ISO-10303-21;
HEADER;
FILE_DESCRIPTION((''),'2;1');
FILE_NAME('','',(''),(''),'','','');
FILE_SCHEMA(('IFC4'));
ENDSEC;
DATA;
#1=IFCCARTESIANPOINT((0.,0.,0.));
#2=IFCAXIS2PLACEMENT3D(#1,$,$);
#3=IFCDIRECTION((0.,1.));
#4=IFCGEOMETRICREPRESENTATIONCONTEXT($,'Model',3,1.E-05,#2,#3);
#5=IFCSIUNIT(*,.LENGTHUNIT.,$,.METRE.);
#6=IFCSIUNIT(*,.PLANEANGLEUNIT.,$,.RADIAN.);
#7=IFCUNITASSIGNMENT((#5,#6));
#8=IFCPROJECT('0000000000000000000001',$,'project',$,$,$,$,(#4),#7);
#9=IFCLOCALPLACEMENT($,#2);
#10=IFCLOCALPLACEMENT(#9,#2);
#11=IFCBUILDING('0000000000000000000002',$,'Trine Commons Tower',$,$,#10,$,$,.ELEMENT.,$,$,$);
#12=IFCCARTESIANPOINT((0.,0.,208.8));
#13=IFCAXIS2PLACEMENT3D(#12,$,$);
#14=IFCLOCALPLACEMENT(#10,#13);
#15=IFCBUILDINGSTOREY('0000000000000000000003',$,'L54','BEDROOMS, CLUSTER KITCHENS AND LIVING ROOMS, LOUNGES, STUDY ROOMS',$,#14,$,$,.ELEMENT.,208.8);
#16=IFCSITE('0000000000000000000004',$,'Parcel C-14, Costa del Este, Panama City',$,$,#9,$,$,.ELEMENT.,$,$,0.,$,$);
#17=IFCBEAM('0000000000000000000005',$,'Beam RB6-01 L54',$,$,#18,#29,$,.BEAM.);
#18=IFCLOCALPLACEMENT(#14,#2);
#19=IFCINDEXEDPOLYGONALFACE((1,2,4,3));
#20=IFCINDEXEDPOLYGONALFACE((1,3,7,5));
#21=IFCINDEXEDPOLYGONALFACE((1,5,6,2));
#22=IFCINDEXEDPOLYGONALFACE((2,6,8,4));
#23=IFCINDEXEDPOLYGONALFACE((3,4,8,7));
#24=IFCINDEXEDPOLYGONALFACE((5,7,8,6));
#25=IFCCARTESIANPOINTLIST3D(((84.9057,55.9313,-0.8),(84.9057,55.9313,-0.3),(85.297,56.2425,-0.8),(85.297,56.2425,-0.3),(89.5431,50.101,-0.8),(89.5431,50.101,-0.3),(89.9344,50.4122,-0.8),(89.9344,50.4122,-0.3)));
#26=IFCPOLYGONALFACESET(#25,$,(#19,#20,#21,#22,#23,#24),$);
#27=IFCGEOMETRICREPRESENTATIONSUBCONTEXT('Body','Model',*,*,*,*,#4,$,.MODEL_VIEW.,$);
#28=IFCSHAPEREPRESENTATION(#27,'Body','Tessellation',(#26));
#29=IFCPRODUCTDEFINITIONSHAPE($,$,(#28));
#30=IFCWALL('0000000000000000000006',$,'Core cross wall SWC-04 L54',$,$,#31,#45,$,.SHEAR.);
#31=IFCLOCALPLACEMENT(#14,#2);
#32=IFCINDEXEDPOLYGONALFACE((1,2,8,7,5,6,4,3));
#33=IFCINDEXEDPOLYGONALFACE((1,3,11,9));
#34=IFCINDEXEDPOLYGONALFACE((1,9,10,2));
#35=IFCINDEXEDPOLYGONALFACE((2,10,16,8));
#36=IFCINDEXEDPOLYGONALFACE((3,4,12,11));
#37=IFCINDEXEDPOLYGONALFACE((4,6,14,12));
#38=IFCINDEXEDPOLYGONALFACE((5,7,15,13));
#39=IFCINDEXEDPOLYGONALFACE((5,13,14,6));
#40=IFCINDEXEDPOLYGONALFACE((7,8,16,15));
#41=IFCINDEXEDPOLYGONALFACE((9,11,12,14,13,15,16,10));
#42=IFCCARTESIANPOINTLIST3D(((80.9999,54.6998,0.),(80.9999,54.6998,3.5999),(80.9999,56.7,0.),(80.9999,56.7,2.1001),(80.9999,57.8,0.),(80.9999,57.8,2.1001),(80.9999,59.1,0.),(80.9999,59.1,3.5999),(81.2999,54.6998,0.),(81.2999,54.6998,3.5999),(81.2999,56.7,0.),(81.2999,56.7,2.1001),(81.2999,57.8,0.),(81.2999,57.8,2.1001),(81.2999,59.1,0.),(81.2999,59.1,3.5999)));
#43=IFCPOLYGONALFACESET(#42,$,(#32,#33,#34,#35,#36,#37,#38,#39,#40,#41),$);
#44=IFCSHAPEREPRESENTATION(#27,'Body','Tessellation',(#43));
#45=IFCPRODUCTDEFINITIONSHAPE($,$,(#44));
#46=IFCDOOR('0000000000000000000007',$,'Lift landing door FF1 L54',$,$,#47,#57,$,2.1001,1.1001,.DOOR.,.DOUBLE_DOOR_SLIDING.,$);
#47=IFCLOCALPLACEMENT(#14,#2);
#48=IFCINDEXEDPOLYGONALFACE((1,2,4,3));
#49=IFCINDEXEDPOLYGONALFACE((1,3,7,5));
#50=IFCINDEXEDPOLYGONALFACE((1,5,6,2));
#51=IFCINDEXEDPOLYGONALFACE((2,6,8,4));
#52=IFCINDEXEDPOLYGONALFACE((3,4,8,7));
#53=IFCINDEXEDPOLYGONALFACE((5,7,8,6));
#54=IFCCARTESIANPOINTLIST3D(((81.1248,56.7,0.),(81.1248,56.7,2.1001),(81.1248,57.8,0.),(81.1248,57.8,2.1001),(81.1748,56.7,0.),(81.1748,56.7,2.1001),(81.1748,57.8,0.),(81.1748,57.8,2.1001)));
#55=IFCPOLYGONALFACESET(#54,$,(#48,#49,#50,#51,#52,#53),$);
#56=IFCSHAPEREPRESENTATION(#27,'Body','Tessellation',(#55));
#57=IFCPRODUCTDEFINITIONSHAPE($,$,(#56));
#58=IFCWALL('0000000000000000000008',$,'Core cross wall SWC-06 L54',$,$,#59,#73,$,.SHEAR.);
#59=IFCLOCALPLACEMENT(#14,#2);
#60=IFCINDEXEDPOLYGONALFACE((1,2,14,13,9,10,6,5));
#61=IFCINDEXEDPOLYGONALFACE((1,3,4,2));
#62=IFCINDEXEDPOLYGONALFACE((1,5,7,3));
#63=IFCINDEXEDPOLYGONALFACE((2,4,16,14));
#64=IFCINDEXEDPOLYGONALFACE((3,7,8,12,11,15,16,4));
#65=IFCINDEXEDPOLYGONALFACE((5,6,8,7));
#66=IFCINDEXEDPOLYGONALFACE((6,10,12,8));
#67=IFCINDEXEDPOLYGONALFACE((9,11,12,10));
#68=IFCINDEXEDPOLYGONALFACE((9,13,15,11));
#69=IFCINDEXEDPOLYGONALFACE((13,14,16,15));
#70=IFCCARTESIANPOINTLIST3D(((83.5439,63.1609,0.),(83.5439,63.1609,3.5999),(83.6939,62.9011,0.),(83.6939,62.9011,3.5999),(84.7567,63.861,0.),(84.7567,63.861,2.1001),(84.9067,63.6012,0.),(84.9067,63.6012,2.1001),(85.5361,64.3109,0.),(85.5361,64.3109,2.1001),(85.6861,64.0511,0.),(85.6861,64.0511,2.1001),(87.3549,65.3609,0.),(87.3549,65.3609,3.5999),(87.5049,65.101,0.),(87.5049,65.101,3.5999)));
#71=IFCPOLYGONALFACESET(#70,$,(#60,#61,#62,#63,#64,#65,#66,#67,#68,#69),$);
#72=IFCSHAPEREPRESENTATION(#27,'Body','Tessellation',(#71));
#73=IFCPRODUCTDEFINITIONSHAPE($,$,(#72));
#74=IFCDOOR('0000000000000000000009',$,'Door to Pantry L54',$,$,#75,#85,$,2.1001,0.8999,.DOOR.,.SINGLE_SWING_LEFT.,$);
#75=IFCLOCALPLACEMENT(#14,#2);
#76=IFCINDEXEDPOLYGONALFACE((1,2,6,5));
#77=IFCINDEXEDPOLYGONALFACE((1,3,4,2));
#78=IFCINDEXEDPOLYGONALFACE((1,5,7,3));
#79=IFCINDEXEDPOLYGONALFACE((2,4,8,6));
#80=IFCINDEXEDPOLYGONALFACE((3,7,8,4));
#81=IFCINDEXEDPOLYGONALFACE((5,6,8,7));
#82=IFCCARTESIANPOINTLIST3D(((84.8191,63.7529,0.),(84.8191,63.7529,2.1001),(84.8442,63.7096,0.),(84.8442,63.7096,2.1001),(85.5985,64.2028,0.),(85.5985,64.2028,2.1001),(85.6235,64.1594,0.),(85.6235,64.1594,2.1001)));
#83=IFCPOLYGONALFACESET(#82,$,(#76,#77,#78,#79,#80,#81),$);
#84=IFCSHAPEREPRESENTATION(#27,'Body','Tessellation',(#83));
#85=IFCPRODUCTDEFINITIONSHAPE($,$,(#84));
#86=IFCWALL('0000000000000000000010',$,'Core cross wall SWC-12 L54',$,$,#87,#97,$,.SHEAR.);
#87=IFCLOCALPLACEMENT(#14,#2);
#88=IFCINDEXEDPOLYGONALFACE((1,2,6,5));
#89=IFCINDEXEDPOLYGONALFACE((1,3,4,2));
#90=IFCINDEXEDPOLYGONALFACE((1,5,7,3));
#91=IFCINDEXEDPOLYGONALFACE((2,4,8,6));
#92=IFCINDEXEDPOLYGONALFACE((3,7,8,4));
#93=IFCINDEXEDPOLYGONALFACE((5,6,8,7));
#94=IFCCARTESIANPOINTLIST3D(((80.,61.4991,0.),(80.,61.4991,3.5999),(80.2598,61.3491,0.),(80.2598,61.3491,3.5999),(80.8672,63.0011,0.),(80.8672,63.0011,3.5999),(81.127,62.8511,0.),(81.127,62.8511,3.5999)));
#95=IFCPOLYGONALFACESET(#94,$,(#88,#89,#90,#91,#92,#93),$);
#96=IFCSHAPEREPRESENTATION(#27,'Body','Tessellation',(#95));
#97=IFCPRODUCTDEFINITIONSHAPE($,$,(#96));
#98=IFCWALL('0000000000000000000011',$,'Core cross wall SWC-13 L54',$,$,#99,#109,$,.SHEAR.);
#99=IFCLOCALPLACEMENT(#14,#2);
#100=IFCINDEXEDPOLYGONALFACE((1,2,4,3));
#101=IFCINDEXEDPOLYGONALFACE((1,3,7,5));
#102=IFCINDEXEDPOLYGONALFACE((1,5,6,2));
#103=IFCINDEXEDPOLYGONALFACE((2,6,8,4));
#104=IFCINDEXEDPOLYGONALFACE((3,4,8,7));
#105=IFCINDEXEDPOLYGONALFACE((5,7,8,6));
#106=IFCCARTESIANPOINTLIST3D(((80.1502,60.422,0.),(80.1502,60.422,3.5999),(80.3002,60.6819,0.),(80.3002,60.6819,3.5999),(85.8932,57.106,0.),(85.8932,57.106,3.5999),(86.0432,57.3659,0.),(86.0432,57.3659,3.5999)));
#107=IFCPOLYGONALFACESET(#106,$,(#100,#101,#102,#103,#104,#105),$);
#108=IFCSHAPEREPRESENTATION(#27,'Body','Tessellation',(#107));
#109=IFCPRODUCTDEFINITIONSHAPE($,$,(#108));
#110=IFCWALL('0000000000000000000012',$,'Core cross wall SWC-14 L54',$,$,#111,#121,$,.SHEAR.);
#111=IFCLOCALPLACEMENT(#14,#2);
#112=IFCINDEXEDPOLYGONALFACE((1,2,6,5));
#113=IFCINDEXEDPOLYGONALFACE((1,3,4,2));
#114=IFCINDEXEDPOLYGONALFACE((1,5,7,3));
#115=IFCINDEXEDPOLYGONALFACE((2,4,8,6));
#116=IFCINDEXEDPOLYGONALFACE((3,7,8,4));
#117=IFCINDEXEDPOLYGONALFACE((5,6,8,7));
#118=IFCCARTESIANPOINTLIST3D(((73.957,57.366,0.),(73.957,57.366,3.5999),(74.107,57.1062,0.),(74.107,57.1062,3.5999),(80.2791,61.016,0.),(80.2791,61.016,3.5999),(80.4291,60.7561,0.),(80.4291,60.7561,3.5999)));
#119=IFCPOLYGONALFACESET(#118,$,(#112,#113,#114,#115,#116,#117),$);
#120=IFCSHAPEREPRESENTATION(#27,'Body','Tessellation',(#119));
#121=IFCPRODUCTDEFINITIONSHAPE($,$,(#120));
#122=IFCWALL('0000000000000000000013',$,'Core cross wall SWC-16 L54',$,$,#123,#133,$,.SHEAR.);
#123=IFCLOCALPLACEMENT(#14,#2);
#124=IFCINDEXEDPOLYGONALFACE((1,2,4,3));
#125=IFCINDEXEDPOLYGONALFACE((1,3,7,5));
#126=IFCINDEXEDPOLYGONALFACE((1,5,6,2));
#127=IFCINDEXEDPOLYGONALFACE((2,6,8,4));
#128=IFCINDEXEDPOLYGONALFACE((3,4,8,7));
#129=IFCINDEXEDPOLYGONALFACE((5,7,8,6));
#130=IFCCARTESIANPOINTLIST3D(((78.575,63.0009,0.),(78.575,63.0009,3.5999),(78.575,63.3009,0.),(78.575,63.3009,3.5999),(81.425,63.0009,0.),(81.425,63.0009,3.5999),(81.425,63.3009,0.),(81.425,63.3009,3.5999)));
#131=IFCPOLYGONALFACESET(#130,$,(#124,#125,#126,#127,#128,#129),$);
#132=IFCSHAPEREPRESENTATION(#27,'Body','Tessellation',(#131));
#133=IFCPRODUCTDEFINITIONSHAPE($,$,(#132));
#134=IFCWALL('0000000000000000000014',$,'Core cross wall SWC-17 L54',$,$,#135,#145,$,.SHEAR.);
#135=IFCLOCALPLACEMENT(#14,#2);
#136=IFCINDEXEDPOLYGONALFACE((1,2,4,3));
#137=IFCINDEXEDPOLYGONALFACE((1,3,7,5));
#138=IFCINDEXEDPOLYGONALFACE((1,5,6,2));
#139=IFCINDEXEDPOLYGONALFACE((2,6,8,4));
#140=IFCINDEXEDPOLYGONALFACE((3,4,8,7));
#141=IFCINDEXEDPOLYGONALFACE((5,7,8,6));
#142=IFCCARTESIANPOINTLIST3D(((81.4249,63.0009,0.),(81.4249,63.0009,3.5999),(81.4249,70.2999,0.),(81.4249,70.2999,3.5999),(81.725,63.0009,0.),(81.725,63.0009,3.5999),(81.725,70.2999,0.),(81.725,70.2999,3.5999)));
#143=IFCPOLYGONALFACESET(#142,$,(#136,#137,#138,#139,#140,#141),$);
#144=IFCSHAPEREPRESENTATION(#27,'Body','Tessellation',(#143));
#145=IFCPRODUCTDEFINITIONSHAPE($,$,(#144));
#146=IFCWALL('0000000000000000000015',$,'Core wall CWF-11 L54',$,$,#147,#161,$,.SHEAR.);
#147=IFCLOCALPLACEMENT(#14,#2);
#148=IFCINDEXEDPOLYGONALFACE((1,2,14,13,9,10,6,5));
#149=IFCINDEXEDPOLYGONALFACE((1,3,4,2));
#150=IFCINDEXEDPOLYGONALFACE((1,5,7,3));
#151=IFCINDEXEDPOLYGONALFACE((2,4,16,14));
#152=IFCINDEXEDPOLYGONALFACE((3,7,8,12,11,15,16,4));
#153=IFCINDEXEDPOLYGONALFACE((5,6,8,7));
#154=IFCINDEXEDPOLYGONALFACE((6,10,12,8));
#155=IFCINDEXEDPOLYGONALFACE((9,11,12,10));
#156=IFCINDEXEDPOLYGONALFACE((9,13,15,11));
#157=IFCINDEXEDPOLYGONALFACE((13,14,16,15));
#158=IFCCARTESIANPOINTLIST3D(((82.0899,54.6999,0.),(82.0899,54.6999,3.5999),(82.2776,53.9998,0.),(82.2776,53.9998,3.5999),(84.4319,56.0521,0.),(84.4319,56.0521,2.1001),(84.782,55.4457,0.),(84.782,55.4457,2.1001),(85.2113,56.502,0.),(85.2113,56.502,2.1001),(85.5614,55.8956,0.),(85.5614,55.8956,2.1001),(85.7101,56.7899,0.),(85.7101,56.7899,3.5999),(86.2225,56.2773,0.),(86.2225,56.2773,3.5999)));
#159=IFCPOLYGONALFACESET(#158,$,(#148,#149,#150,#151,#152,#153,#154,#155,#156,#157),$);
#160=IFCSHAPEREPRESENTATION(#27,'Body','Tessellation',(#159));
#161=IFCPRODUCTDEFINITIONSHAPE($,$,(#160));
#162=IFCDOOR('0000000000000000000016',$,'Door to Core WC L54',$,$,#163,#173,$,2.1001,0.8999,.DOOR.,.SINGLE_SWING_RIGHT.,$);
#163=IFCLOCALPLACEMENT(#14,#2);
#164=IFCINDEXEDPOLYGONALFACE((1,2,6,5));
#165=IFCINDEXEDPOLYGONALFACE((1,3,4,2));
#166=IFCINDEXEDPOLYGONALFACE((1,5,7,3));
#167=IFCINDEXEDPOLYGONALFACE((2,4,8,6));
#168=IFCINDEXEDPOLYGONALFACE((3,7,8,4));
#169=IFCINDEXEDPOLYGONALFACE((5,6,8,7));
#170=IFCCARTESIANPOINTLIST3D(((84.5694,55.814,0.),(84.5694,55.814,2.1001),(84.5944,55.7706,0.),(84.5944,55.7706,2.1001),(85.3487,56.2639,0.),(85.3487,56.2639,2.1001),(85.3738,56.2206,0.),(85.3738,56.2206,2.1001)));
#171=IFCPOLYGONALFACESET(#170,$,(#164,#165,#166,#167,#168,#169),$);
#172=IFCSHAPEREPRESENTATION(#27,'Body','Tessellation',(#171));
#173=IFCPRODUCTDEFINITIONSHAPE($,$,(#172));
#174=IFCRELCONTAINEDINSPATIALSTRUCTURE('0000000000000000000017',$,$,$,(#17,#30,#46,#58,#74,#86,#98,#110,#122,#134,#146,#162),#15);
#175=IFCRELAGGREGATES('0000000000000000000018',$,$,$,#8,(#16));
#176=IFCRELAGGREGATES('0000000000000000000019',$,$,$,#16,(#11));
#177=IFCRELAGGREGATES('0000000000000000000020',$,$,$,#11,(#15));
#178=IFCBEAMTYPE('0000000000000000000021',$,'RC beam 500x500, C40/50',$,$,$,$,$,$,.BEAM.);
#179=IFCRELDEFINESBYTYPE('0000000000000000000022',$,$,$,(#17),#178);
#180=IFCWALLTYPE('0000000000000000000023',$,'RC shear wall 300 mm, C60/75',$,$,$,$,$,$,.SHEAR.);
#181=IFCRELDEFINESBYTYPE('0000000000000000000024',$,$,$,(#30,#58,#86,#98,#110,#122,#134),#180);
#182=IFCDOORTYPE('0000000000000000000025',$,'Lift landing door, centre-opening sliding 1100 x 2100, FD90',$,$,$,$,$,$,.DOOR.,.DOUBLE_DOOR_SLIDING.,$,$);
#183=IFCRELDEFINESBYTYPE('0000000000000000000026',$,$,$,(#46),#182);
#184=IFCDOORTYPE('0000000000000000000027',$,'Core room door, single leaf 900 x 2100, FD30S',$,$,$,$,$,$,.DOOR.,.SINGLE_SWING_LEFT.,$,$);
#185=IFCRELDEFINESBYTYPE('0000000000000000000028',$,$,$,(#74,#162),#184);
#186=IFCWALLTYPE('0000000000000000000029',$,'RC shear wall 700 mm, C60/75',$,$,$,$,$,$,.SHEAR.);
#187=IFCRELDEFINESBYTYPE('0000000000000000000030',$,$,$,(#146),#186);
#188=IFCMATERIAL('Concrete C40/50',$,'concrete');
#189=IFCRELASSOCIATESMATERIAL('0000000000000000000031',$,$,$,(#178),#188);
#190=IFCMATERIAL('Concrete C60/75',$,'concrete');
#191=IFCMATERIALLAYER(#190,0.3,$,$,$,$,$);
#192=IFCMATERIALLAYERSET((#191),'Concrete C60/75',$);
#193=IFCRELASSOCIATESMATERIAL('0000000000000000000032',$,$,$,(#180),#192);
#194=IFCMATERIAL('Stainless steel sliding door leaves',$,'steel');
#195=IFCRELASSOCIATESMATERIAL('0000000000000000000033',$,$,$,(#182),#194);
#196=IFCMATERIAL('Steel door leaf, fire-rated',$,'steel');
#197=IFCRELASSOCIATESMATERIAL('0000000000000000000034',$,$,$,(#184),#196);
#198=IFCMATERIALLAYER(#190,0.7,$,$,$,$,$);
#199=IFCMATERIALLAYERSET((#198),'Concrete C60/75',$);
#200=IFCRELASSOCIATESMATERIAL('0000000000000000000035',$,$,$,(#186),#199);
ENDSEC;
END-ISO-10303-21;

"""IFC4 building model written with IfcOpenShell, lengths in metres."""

from ifc_helpers import new_model, si_unit, direction, frame, frame_2d, origin, origin_2d, place, context, subcontext, project, spatial, polyline, rectangle, outline, extrude, material, layer, layer_set, material_profile, profile_set, type_object, element, fill, save


model = new_model("IFC4")

# Units and contexts
model_context = context("Model", 3, precision=1e-05, world=origin(), true_north=direction((0.0, 1.0)))
body_context = subcontext(model_context, "Body", "Model", "MODEL_VIEW")
ifc_project = project(units=[si_unit("LENGTHUNIT", "METRE"), si_unit("PLANEANGLEUNIT", "RADIAN")], contexts=[model_context])

# Site, building, storey
site_placement = place(None, origin())
site = spatial("IfcSite", under=ifc_project, at=site_placement, Name="Parcel C-14, Costa del Este, Panama City", CompositionType="ELEMENT", RefElevation=0.0)
building_placement = place(site_placement, origin())
building = spatial("IfcBuilding", under=site, at=building_placement, Name="Trine Commons Tower", CompositionType="ELEMENT")
storey_placement = place(building_placement, frame((0.0, 0.0, 208.8)))
storey = spatial("IfcBuildingStorey", under=building, at=storey_placement, Name="L54", Description="BEDROOMS, CLUSTER KITCHENS AND LIVING ROOMS, LOUNGES, STUDY ROOMS", CompositionType="ELEMENT", Elevation=208.8)

# Beam
ifc_material_1 = material(Name="Concrete C40/50", Category="concrete")
ifc_material_profile = material_profile(ifc_material_1, rectangle(XDim=0.5, YDim=0.5, at=origin_2d()), Name="RC 500x500")
ifc_profile_set = profile_set([ifc_material_profile], Name="Concrete C40/50")
beam_type = type_object("IfcBeamType", Name="RC beam 500x500, C40/50", PredefinedType="BEAM", material=ifc_profile_set)
beam_placement = place(storey_placement, frame((85.1013, 56.0869, -0.55), z_axis=(0.622498, -0.782621, 0.0), x_axis=(0.782621, 0.622498, 0.0)))
element("IfcBeam", 1, at=beam_placement, inside=storey, type_object=beam_type, Name="Beam RB6-01 L54", PredefinedType="BEAM", context=body_context, shape_type="SweptSolid", body=[
    extrude(rectangle(XDim=0.5, YDim=0.5, at=origin_2d()), origin(), (0.0, 0.0, 1.0), 7.4497),
])

# Walls, openings, doors
ifc_material_2 = material(Name="Concrete C60/75", Category="concrete")
ifc_layer_1 = layer(ifc_material_2, 0.3)
ifc_layer_set_1 = layer_set([ifc_layer_1], Name="Concrete C60/75")
wall_type_1 = type_object("IfcWallType", Name="RC shear wall 300 mm, C60/75", PredefinedType="SHEAR", material=ifc_layer_set_1)
wall_1_placement = place(storey_placement, frame((81.1499, 59.1001, 0.0), z_axis=(0.0, 0.0, 1.0), x_axis=(0.0, -1.0, 0.0)))
wall_1 = element("IfcWall", 2, at=wall_1_placement, inside=storey, type_object=wall_type_1, Name="Core cross wall SWC-04 L54", PredefinedType="SHEAR", context=body_context, shape_type="SweptSolid", body=[
    extrude(rectangle(XDim=4.4001, YDim=0.3, at=frame_2d((2.2002, 0.0))), origin(), (0.0, 0.0, 1.0), 3.5999),
])
opening_1_placement = place(wall_1_placement, frame((1.3, 0.0, 0.0)))
opening_1 = element("IfcOpeningElement", 3, at=opening_1_placement, cuts=wall_1, PredefinedType="OPENING", context=body_context, shape_type="SweptSolid", body=[
    extrude(rectangle(XDim=1.1001, YDim=2.1001, at=frame_2d((0.55, 1.05))), frame((0.0, 0.1599, 0.0), z_axis=(0.0, -1.0, 0.0), x_axis=(1.0, 0.0, 0.0)), (0.0, 0.0, 1.0), 0.3201),
])
ifc_material_3 = material(Name="Stainless steel sliding door leaves", Category="steel")
door_type_1 = type_object("IfcDoorType", Name="Lift landing door, centre-opening sliding 1100 x 2100, FD90", OperationType="DOUBLE_DOOR_SLIDING", PredefinedType="DOOR", material=ifc_material_3)
door_1_placement = place(opening_1_placement, origin())
door_1 = element("IfcDoor", 4, at=door_1_placement, inside=storey, type_object=door_type_1, Name="Lift landing door FF1 L54", OperationType="DOUBLE_DOOR_SLIDING", OverallHeight=2.1001, OverallWidth=1.1001, PredefinedType="DOOR", context=body_context, shape_type="SweptSolid", body=[
    extrude(rectangle(XDim=1.1001, YDim=2.1001, at=frame_2d((0.55, 1.05))), frame((0.0, 0.0249, 0.0), z_axis=(0.0, -1.0, 0.0), x_axis=(1.0, 0.0, 0.0)), (0.0, 0.0, 1.0), 0.05),
])
fill(opening_1, door_1)
wall_2_placement = place(storey_placement, frame((83.6189, 63.031, 0.0), z_axis=(0.0, 0.0, 1.0), x_axis=(0.86606, 0.49994, 0.0)))
wall_2 = element("IfcWall", 5, at=wall_2_placement, inside=storey, type_object=wall_type_1, Name="Core cross wall SWC-06 L54", PredefinedType="SHEAR", context=body_context, shape_type="SweptSolid", body=[
    extrude(rectangle(XDim=4.4004, YDim=0.3, at=frame_2d((2.2002, 0.0))), origin(), (0.0, 0.0, 1.0), 3.5999),
])
opening_2_placement = place(wall_2_placement, frame((1.4004, 0.0, 0.0)))
opening_2 = element("IfcOpeningElement", 6, at=opening_2_placement, cuts=wall_2, PredefinedType="OPENING", context=body_context, shape_type="SweptSolid", body=[
    extrude(rectangle(XDim=0.8999, YDim=2.1001, at=frame_2d((0.45, 1.05))), frame((0.0, 0.1599, 0.0), z_axis=(0.0, -1.0, 0.0), x_axis=(1.0, 0.0, 0.0)), (0.0, 0.0, 1.0), 0.3201),
])
ifc_material_4 = material(Name="Steel door leaf, fire-rated", Category="steel")
door_type_2 = type_object("IfcDoorType", Name="Core room door, single leaf 900 x 2100, FD30S", OperationType="SINGLE_SWING_LEFT", PredefinedType="DOOR", material=ifc_material_4)
door_2_placement = place(opening_2_placement, frame((0.8999, 0.0, 0.0), z_axis=(0.0, 0.0, 1.0), x_axis=(-1.0, 0.0, 0.0)))
door_2 = element("IfcDoor", 7, at=door_2_placement, inside=storey, type_object=door_type_2, Name="Door to Pantry L54", OperationType="SINGLE_SWING_LEFT", OverallHeight=2.1001, OverallWidth=0.8999, PredefinedType="DOOR", context=body_context, shape_type="SweptSolid", body=[
    extrude(rectangle(XDim=0.8999, YDim=2.1001, at=frame_2d((0.45, 1.05))), frame((0.0, 0.0249, 0.0), z_axis=(0.0, -1.0, 0.0), x_axis=(1.0, 0.0, 0.0)), (0.0, 0.0, 1.0), 0.05),
])
fill(opening_2, door_2)

# Walls
wall_3_placement = place(storey_placement, frame((80.1299, 61.4241, 0.0), z_axis=(0.0, 0.0, 1.0), x_axis=(0.500015, 0.866017, 0.0)))
element("IfcWall", 8, at=wall_3_placement, inside=storey, type_object=wall_type_1, Name="Core cross wall SWC-12 L54", PredefinedType="SHEAR", context=body_context, shape_type="SweptSolid", body=[
    extrude(rectangle(XDim=1.7344, YDim=0.3, at=frame_2d((0.8672, 0.0))), origin(), (0.0, 0.0, 1.0), 3.5999),
])
wall_4_placement = place(storey_placement, frame((80.2251, 60.552, 0.0), z_axis=(0.0, 0.0, 1.0), x_axis=(0.86601, -0.500027, 0.0)))
element("IfcWall", 9, at=wall_4_placement, inside=storey, type_object=wall_type_1, Name="Core cross wall SWC-13 L54", PredefinedType="SHEAR", context=body_context, shape_type="SweptSolid", body=[
    extrude(rectangle(XDim=6.6316, YDim=0.3, at=frame_2d((3.3159, 0.0))), origin(), (0.0, 0.0, 1.0), 3.5999),
])
wall_5_placement = place(storey_placement, frame((80.354, 60.886, 0.0), z_axis=(0.0, 0.0, 1.0), x_axis=(-0.866032, -0.499988, 0.0)))
element("IfcWall", 10, at=wall_5_placement, inside=storey, type_object=wall_type_1, Name="Core cross wall SWC-14 L54", PredefinedType="SHEAR", context=body_context, shape_type="SweptSolid", body=[
    extrude(rectangle(XDim=7.3, YDim=0.3, at=frame_2d((3.6499, 0.0))), origin(), (0.0, 0.0, 1.0), 3.5999),
])
wall_6_placement = place(storey_placement, frame((81.425, 63.1509, 0.0), z_axis=(0.0, 0.0, 1.0), x_axis=(-1.0, 0.0, 0.0)))
element("IfcWall", 11, at=wall_6_placement, inside=storey, type_object=wall_type_1, Name="Core cross wall SWC-16 L54", PredefinedType="SHEAR", context=body_context, shape_type="SweptSolid", body=[
    extrude(rectangle(XDim=2.8501, YDim=0.3, at=frame_2d((1.425, 0.0))), origin(), (0.0, 0.0, 1.0), 3.5999),
])
wall_7_placement = place(storey_placement, frame((81.575, 63.001, 0.0), z_axis=(0.0, 0.0, 1.0), x_axis=(0.0, 1.0, 0.0)))
element("IfcWall", 12, at=wall_7_placement, inside=storey, type_object=wall_type_1, Name="Core cross wall SWC-17 L54", PredefinedType="SHEAR", context=body_context, shape_type="SweptSolid", body=[
    extrude(rectangle(XDim=7.2991, YDim=0.3, at=frame_2d((3.6494, 0.0))), origin(), (0.0, 0.0, 1.0), 3.5999),
])

# Wall, opening, door
ifc_layer_2 = layer(ifc_material_2, 0.7)
ifc_layer_set_2 = layer_set([ifc_layer_2], Name="Concrete C60/75")
wall_type_2 = type_object("IfcWallType", Name="RC shear wall 700 mm, C60/75", PredefinedType="SHEAR", material=ifc_layer_set_2)
wall_8_placement = place(storey_placement, frame((82.1025, 54.303, 0.0), z_axis=(0.0, 0.0, 1.0), x_axis=(0.866035, 0.499984, 0.0)))
wall_8 = element("IfcWall", 13, at=wall_8_placement, inside=storey, type_object=wall_type_2, Name="Core wall CWF-11 L54", PredefinedType="SHEAR", context=body_context, shape_type="SweptSolid", body=[
    extrude(outline(polyline([(0.0, -0.3501), (4.5552, -0.3501), (4.3677, 0.3501), (0.1875, 0.3501), (0.0, -0.3501)])), origin(), (0.0, 0.0, 1.0), 3.5999),
])
opening_3_placement = place(wall_8_placement, frame((2.8918, 0.0, 0.0)))
opening_3 = element("IfcOpeningElement", 14, at=opening_3_placement, cuts=wall_8, PredefinedType="OPENING", context=body_context, shape_type="SweptSolid", body=[
    extrude(rectangle(XDim=0.8999, YDim=2.1001, at=frame_2d((0.45, 1.05))), frame((0.0, 0.3599, 0.0), z_axis=(0.0, -1.0, 0.0), x_axis=(1.0, 0.0, 0.0)), (0.0, 0.0, 1.0), 0.72),
])
door_3_placement = place(opening_3_placement, origin())
door_3 = element("IfcDoor", 15, at=door_3_placement, inside=storey, type_object=door_type_2, Name="Door to Core WC L54", OperationType="SINGLE_SWING_RIGHT", OverallHeight=2.1001, OverallWidth=0.8999, PredefinedType="DOOR", context=body_context, shape_type="SweptSolid", body=[
    extrude(rectangle(XDim=0.8999, YDim=2.1001, at=frame_2d((0.45, 1.05))), frame((0.0, 0.0752, 0.0), z_axis=(0.0, -1.0, 0.0), x_axis=(1.0, 0.0, 0.0)), (0.0, 0.0, 1.0), 0.05),
])
fill(opening_3, door_3)

save(model, "model.ifc")
